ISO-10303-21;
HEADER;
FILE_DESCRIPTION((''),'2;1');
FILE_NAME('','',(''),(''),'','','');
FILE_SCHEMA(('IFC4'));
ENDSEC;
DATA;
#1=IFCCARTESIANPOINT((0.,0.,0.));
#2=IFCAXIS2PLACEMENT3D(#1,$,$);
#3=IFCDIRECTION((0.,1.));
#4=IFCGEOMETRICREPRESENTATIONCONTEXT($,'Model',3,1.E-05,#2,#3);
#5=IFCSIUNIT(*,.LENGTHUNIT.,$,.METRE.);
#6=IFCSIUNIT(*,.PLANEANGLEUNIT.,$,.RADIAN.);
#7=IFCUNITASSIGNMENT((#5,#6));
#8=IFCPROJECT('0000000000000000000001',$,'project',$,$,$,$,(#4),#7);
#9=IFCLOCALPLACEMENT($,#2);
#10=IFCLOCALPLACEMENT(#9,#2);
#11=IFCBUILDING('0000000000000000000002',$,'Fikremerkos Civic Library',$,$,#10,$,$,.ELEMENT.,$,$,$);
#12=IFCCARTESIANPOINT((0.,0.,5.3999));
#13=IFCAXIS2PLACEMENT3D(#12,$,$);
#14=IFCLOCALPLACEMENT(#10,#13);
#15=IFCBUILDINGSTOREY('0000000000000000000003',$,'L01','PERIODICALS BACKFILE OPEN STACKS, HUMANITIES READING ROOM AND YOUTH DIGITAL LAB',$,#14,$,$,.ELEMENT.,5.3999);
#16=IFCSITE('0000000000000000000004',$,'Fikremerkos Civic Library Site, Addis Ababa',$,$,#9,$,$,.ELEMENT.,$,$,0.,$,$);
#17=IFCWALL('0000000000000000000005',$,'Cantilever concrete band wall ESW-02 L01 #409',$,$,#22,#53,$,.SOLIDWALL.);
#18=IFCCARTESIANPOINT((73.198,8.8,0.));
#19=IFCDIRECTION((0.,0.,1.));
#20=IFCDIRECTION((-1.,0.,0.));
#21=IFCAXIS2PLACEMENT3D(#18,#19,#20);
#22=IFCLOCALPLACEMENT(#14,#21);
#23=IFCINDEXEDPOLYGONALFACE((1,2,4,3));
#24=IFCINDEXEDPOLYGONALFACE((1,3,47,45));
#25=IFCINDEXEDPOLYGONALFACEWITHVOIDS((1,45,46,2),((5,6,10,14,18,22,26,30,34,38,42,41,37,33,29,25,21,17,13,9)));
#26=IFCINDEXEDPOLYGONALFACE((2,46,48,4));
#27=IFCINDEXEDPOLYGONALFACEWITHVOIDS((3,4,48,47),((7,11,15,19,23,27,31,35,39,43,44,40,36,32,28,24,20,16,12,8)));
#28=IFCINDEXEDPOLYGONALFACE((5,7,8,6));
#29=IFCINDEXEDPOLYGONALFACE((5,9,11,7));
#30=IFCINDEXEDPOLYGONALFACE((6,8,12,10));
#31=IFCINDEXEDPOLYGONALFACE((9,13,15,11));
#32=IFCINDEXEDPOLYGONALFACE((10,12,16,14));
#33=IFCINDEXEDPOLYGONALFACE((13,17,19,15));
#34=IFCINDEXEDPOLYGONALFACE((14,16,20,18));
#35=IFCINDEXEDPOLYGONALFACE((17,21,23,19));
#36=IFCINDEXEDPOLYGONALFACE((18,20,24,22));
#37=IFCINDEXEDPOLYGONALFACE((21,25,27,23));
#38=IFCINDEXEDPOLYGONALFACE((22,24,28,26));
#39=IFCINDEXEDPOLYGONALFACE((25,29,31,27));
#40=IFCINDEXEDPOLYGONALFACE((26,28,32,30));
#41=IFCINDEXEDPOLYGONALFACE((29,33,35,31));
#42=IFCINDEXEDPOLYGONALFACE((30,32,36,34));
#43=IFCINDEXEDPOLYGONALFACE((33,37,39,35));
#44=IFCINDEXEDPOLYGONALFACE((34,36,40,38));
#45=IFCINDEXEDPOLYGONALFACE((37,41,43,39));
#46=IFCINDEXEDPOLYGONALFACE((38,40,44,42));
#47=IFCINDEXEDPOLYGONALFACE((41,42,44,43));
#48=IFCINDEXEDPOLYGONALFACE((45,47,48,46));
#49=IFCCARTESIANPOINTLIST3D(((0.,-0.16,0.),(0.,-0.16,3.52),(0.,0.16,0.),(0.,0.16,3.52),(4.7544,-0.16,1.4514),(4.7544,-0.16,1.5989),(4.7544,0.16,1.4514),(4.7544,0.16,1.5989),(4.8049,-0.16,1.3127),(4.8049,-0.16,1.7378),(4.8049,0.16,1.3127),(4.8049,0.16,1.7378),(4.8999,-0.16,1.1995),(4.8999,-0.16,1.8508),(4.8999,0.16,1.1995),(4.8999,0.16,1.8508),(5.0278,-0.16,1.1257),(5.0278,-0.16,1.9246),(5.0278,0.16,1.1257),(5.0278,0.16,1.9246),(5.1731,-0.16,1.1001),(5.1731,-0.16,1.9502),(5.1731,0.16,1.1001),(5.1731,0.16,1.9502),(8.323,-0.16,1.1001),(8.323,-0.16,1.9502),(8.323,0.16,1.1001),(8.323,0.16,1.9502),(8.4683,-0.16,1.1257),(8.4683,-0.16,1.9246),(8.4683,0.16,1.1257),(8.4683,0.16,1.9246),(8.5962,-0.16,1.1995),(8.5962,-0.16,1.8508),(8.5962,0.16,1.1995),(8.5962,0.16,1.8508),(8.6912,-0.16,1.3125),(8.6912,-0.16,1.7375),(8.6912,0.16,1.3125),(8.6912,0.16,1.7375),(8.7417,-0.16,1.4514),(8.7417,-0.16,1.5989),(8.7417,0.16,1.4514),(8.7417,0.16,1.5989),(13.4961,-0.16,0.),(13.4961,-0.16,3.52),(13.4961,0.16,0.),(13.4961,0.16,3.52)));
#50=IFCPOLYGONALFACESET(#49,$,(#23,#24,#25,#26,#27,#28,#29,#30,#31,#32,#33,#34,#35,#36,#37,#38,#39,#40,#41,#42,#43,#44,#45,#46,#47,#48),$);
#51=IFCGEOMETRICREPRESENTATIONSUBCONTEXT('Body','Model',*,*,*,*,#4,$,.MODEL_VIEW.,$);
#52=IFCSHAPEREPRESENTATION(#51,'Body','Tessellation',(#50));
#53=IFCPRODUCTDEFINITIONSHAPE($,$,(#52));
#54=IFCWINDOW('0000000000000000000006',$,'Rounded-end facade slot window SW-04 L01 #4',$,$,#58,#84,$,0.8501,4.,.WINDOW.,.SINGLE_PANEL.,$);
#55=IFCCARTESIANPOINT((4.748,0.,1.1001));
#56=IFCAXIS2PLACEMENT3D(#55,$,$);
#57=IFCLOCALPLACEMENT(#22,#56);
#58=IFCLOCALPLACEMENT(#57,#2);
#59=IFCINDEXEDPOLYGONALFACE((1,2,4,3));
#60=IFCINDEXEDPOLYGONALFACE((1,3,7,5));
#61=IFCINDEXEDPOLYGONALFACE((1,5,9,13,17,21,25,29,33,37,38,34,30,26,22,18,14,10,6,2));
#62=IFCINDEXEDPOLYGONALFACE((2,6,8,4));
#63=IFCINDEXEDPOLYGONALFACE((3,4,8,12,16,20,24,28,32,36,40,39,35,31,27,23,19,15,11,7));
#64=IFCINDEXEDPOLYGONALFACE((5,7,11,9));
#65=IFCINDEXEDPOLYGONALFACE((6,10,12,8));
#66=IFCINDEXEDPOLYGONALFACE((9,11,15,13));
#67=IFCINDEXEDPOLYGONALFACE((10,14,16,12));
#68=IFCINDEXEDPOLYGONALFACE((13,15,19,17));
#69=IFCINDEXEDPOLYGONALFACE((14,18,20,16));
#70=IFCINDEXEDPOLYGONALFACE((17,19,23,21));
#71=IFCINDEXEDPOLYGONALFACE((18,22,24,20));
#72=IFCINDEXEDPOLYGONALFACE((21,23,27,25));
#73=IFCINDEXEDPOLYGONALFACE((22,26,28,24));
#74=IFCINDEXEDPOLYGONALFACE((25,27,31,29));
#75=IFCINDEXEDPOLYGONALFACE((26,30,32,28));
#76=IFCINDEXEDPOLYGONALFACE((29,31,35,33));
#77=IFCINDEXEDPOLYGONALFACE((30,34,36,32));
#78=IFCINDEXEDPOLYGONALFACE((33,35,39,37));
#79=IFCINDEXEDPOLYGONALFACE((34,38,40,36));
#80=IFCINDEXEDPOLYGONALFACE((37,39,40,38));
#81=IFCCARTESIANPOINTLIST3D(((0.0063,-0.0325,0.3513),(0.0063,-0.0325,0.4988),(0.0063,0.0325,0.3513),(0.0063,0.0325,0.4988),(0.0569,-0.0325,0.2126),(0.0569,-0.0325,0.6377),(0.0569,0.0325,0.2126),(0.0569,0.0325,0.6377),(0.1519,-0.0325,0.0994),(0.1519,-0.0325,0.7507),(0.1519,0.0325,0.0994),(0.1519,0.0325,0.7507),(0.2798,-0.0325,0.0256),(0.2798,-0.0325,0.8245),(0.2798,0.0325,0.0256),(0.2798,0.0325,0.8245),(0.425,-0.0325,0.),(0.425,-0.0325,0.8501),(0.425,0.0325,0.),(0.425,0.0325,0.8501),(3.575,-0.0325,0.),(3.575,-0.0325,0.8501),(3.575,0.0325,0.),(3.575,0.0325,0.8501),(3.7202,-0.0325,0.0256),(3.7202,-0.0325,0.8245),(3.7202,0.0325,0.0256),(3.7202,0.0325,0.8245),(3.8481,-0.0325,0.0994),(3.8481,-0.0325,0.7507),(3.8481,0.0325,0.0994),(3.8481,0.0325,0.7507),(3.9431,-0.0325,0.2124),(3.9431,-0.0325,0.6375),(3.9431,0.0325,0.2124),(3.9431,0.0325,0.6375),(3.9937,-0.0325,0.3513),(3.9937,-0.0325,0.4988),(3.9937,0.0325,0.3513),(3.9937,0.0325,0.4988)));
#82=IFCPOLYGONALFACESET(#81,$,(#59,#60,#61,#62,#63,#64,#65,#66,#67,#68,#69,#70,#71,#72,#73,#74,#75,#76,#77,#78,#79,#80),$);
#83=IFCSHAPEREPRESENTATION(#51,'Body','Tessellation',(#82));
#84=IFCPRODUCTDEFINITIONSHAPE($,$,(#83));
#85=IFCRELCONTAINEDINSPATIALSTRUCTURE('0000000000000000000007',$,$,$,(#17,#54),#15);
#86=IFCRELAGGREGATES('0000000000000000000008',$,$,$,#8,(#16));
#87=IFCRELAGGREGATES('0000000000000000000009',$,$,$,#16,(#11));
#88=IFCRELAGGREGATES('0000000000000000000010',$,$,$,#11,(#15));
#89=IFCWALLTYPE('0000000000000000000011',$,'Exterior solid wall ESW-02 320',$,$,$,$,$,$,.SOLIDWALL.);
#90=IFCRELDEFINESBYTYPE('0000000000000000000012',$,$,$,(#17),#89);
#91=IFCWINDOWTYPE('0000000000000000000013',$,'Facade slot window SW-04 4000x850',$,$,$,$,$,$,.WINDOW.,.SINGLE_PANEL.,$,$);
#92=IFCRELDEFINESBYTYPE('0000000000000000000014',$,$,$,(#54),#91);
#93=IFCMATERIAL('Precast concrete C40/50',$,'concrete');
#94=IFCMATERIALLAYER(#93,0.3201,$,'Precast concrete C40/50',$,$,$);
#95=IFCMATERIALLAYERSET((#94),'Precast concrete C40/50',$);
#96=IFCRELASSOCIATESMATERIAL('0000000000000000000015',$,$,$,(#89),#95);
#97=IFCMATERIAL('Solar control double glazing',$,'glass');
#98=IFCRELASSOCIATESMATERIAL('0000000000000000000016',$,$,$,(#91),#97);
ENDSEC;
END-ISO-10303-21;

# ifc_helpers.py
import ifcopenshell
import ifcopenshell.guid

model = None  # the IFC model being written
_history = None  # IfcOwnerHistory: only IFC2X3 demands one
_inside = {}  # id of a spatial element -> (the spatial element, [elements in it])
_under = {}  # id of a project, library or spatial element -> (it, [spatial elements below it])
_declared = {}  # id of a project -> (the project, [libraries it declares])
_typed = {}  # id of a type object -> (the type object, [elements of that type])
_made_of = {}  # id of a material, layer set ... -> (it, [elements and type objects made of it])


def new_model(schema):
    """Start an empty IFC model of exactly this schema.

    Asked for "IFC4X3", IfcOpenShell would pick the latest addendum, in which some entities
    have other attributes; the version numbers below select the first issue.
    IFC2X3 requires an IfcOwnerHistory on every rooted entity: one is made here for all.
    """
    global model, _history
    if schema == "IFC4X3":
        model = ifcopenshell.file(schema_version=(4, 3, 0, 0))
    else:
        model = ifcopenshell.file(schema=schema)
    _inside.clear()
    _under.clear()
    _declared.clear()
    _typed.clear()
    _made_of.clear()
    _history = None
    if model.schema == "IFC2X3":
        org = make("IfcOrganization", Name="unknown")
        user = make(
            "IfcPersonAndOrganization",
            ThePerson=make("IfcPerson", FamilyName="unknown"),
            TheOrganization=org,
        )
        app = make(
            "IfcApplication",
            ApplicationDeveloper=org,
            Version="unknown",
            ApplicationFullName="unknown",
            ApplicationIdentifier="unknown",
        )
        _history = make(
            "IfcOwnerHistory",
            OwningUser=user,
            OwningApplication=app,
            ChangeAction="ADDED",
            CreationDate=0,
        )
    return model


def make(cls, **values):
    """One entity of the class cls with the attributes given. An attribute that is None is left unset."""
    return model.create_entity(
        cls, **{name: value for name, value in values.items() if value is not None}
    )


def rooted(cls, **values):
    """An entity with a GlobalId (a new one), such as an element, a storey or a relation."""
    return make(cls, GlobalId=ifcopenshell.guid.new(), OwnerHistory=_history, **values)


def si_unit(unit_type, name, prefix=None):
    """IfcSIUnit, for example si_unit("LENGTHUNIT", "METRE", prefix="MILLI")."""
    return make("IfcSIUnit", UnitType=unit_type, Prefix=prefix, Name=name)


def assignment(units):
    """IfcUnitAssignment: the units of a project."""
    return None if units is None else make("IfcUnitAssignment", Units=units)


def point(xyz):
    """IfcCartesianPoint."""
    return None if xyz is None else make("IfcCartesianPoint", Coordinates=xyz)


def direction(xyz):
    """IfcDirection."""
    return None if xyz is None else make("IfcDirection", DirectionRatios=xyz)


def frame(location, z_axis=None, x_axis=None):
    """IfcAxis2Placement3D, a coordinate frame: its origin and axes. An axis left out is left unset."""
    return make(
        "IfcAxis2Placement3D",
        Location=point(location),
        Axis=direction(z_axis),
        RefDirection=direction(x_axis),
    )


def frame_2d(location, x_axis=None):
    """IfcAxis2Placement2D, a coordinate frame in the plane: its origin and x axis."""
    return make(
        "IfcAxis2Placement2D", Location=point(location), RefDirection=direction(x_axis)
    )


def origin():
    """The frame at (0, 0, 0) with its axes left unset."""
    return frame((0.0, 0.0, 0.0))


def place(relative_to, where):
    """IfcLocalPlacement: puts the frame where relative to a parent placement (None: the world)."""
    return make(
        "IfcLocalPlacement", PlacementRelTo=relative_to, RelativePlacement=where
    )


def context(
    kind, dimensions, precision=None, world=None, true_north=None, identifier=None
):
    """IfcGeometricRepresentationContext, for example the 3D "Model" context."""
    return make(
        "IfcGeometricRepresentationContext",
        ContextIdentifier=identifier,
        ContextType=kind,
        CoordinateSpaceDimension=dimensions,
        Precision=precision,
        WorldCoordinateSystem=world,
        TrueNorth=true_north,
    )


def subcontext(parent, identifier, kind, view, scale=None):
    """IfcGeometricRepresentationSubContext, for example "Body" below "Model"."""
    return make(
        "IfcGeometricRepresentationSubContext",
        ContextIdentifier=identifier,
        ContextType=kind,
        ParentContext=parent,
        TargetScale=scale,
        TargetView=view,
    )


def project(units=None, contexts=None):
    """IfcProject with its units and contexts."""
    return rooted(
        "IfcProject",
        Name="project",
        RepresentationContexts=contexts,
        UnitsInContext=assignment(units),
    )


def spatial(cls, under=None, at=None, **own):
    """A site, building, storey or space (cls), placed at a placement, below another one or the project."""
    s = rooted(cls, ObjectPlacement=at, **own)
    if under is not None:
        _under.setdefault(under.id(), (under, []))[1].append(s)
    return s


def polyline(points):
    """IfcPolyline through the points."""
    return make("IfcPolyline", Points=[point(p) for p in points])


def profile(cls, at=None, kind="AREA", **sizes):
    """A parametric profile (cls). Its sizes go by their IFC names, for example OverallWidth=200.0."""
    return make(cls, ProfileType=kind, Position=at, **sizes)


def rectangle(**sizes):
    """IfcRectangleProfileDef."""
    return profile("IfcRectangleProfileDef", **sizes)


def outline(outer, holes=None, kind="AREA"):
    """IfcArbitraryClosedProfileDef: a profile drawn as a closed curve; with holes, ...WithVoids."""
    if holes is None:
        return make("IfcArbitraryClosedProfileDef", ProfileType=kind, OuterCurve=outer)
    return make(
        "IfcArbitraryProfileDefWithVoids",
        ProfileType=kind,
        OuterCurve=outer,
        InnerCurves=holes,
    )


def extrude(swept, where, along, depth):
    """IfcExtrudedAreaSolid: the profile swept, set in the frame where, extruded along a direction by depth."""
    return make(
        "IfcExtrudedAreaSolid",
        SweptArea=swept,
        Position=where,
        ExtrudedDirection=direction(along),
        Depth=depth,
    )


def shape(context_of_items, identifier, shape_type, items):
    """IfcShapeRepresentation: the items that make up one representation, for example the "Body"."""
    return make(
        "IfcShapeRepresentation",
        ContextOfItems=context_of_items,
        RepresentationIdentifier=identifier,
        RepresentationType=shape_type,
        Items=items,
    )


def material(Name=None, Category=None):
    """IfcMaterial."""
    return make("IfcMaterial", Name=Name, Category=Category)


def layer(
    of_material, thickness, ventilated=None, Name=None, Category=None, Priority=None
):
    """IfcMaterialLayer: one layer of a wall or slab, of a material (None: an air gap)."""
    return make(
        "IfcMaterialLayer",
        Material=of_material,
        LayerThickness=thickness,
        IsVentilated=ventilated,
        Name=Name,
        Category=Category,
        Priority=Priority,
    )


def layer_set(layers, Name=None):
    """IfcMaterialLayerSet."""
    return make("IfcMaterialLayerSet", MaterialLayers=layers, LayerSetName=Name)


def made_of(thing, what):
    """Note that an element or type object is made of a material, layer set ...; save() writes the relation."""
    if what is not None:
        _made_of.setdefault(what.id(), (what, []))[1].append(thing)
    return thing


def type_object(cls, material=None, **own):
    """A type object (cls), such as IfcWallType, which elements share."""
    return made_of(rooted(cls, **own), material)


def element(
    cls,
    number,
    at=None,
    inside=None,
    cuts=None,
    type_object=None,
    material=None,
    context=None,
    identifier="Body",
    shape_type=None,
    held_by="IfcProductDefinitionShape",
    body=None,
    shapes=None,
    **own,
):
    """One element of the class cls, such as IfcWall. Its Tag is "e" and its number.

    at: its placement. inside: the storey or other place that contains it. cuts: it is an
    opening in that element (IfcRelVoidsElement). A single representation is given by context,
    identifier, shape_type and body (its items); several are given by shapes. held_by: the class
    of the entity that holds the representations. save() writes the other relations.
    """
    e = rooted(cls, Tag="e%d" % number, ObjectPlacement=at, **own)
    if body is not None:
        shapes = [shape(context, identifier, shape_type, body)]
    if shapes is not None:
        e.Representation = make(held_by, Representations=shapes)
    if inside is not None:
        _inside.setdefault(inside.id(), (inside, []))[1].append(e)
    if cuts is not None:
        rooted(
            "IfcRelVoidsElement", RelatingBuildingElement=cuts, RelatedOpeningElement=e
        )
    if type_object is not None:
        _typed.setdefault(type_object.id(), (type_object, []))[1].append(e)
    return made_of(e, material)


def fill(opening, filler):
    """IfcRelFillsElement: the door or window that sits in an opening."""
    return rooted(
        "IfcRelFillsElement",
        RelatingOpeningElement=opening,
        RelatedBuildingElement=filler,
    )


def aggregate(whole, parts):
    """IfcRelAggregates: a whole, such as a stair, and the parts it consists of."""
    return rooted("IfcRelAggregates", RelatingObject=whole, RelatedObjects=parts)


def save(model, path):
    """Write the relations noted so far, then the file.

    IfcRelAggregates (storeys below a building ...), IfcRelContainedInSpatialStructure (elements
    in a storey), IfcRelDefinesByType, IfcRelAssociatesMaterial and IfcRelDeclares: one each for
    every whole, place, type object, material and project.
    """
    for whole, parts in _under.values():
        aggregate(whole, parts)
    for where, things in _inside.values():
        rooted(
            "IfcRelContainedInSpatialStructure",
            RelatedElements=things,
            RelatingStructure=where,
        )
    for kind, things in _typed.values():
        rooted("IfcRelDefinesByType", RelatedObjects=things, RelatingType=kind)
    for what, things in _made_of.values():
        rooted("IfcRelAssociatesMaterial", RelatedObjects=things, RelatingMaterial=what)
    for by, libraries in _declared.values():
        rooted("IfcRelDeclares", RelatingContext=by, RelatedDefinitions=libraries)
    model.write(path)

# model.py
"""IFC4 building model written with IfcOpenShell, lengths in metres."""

from ifc_helpers import new_model, si_unit, direction, frame, frame_2d, origin, place, context, subcontext, project, spatial, polyline, rectangle, outline, extrude, material, layer, layer_set, type_object, element, fill, save


model = new_model("IFC4")

# Units and contexts
model_context = context("Model", 3, precision=1e-05, world=origin(), true_north=direction((0.0, 1.0)))
body_context = subcontext(model_context, "Body", "Model", "MODEL_VIEW")
ifc_project = project(units=[si_unit("LENGTHUNIT", "METRE"), si_unit("PLANEANGLEUNIT", "RADIAN")], contexts=[model_context])

# Site, building, storey
site_placement = place(None, origin())
site = spatial("IfcSite", under=ifc_project, at=site_placement, Name="Fikremerkos Civic Library Site, Addis Ababa", CompositionType="ELEMENT", RefElevation=0.0)
building_placement = place(site_placement, origin())
building = spatial("IfcBuilding", under=site, at=building_placement, Name="Fikremerkos Civic Library", CompositionType="ELEMENT")
storey_placement = place(building_placement, frame((0.0, 0.0, 5.3999)))
storey = spatial("IfcBuildingStorey", under=building, at=storey_placement, Name="L01", Description="PERIODICALS BACKFILE OPEN STACKS, HUMANITIES READING ROOM AND YOUTH DIGITAL LAB", CompositionType="ELEMENT", Elevation=5.3999)

# Wall, opening, window
ifc_material_1 = material(Name="Precast concrete C40/50", Category="concrete")
ifc_layer_1 = layer(ifc_material_1, 0.3201, Name="Precast concrete C40/50")
ifc_layer_set_1 = layer_set([ifc_layer_1], Name="Precast concrete C40/50")
wall_type_1 = type_object("IfcWallType", Name="Exterior solid wall ESW-02 320", PredefinedType="SOLIDWALL", material=ifc_layer_set_1)
wall_1_placement = place(storey_placement, frame((73.198, 8.8, 0.0), z_axis=(0.0, 0.0, 1.0), x_axis=(-1.0, 0.0, 0.0)))
wall_1 = element("IfcWall", 1, at=wall_1_placement, inside=storey, type_object=wall_type_1, Name="Cantilever concrete band wall ESW-02 L01 #409", PredefinedType="SOLIDWALL", context=body_context, shape_type="SweptSolid", body=[
    extrude(rectangle(XDim=13.4961, YDim=0.3201, at=frame_2d((6.748, 0.0))), origin(), (0.0, 0.0, 1.0), 3.52),
])
opening_1_placement = place(wall_1_placement, frame((4.748, 0.0, 1.1001)))
opening_1 = element("IfcOpeningElement", 2, at=opening_1_placement, cuts=wall_1, PredefinedType="OPENING", context=body_context, shape_type="SweptSolid", body=[
    extrude(outline(polyline([(0.425, 0.8501), (0.2798, 0.8245), (0.1519, 0.7507), (0.0569, 0.6377), (0.0063, 0.4988), (0.0063, 0.3513), (0.0569, 0.2126), (0.1519, 0.0994), (0.2798, 0.0256), (0.425, 0.0), (3.575, 0.0), (3.7202, 0.0256), (3.8481, 0.0994), (3.9431, 0.2124), (3.9937, 0.3513), (3.9937, 0.4988), (3.9431, 0.6375), (3.8481, 0.7507), (3.7202, 0.8245), (3.575, 0.8501), (0.425, 0.8501)])), frame((0.0, 0.1699, 0.0), z_axis=(0.0, -1.0, 0.0), x_axis=(1.0, 0.0, 0.0)), (0.0, 0.0, 1.0), 0.3401),
])
ifc_material_2 = material(Name="Solar control double glazing", Category="glass")
window_type = type_object("IfcWindowType", Name="Facade slot window SW-04 4000x850", PartitioningType="SINGLE_PANEL", PredefinedType="WINDOW", material=ifc_material_2)
window_placement = place(opening_1_placement, origin())
window = element("IfcWindow", 3, at=window_placement, inside=storey, type_object=window_type, Name="Rounded-end facade slot window SW-04 L01 #4", OverallHeight=0.8501, OverallWidth=4.0, PartitioningType="SINGLE_PANEL", PredefinedType="WINDOW", context=body_context, shape_type="SweptSolid", body=[
    extrude(outline(polyline([(0.425, 0.8501), (0.2798, 0.8245), (0.1519, 0.7507), (0.0569, 0.6377), (0.0063, 0.4988), (0.0063, 0.3513), (0.0569, 0.2126), (0.1519, 0.0994), (0.2798, 0.0256), (0.425, 0.0), (3.575, 0.0), (3.7202, 0.0256), (3.8481, 0.0994), (3.9431, 0.2124), (3.9937, 0.3513), (3.9937, 0.4988), (3.9431, 0.6375), (3.8481, 0.7507), (3.7202, 0.8245), (3.575, 0.8501), (0.425, 0.8501)])), frame((0.0, 0.0325, 0.0), z_axis=(0.0, -1.0, 0.0), x_axis=(1.0, 0.0, 0.0)), (0.0, 0.0, 1.0), 0.0649),
])
fill(opening_1, window)

save(model, "model.ifc")
